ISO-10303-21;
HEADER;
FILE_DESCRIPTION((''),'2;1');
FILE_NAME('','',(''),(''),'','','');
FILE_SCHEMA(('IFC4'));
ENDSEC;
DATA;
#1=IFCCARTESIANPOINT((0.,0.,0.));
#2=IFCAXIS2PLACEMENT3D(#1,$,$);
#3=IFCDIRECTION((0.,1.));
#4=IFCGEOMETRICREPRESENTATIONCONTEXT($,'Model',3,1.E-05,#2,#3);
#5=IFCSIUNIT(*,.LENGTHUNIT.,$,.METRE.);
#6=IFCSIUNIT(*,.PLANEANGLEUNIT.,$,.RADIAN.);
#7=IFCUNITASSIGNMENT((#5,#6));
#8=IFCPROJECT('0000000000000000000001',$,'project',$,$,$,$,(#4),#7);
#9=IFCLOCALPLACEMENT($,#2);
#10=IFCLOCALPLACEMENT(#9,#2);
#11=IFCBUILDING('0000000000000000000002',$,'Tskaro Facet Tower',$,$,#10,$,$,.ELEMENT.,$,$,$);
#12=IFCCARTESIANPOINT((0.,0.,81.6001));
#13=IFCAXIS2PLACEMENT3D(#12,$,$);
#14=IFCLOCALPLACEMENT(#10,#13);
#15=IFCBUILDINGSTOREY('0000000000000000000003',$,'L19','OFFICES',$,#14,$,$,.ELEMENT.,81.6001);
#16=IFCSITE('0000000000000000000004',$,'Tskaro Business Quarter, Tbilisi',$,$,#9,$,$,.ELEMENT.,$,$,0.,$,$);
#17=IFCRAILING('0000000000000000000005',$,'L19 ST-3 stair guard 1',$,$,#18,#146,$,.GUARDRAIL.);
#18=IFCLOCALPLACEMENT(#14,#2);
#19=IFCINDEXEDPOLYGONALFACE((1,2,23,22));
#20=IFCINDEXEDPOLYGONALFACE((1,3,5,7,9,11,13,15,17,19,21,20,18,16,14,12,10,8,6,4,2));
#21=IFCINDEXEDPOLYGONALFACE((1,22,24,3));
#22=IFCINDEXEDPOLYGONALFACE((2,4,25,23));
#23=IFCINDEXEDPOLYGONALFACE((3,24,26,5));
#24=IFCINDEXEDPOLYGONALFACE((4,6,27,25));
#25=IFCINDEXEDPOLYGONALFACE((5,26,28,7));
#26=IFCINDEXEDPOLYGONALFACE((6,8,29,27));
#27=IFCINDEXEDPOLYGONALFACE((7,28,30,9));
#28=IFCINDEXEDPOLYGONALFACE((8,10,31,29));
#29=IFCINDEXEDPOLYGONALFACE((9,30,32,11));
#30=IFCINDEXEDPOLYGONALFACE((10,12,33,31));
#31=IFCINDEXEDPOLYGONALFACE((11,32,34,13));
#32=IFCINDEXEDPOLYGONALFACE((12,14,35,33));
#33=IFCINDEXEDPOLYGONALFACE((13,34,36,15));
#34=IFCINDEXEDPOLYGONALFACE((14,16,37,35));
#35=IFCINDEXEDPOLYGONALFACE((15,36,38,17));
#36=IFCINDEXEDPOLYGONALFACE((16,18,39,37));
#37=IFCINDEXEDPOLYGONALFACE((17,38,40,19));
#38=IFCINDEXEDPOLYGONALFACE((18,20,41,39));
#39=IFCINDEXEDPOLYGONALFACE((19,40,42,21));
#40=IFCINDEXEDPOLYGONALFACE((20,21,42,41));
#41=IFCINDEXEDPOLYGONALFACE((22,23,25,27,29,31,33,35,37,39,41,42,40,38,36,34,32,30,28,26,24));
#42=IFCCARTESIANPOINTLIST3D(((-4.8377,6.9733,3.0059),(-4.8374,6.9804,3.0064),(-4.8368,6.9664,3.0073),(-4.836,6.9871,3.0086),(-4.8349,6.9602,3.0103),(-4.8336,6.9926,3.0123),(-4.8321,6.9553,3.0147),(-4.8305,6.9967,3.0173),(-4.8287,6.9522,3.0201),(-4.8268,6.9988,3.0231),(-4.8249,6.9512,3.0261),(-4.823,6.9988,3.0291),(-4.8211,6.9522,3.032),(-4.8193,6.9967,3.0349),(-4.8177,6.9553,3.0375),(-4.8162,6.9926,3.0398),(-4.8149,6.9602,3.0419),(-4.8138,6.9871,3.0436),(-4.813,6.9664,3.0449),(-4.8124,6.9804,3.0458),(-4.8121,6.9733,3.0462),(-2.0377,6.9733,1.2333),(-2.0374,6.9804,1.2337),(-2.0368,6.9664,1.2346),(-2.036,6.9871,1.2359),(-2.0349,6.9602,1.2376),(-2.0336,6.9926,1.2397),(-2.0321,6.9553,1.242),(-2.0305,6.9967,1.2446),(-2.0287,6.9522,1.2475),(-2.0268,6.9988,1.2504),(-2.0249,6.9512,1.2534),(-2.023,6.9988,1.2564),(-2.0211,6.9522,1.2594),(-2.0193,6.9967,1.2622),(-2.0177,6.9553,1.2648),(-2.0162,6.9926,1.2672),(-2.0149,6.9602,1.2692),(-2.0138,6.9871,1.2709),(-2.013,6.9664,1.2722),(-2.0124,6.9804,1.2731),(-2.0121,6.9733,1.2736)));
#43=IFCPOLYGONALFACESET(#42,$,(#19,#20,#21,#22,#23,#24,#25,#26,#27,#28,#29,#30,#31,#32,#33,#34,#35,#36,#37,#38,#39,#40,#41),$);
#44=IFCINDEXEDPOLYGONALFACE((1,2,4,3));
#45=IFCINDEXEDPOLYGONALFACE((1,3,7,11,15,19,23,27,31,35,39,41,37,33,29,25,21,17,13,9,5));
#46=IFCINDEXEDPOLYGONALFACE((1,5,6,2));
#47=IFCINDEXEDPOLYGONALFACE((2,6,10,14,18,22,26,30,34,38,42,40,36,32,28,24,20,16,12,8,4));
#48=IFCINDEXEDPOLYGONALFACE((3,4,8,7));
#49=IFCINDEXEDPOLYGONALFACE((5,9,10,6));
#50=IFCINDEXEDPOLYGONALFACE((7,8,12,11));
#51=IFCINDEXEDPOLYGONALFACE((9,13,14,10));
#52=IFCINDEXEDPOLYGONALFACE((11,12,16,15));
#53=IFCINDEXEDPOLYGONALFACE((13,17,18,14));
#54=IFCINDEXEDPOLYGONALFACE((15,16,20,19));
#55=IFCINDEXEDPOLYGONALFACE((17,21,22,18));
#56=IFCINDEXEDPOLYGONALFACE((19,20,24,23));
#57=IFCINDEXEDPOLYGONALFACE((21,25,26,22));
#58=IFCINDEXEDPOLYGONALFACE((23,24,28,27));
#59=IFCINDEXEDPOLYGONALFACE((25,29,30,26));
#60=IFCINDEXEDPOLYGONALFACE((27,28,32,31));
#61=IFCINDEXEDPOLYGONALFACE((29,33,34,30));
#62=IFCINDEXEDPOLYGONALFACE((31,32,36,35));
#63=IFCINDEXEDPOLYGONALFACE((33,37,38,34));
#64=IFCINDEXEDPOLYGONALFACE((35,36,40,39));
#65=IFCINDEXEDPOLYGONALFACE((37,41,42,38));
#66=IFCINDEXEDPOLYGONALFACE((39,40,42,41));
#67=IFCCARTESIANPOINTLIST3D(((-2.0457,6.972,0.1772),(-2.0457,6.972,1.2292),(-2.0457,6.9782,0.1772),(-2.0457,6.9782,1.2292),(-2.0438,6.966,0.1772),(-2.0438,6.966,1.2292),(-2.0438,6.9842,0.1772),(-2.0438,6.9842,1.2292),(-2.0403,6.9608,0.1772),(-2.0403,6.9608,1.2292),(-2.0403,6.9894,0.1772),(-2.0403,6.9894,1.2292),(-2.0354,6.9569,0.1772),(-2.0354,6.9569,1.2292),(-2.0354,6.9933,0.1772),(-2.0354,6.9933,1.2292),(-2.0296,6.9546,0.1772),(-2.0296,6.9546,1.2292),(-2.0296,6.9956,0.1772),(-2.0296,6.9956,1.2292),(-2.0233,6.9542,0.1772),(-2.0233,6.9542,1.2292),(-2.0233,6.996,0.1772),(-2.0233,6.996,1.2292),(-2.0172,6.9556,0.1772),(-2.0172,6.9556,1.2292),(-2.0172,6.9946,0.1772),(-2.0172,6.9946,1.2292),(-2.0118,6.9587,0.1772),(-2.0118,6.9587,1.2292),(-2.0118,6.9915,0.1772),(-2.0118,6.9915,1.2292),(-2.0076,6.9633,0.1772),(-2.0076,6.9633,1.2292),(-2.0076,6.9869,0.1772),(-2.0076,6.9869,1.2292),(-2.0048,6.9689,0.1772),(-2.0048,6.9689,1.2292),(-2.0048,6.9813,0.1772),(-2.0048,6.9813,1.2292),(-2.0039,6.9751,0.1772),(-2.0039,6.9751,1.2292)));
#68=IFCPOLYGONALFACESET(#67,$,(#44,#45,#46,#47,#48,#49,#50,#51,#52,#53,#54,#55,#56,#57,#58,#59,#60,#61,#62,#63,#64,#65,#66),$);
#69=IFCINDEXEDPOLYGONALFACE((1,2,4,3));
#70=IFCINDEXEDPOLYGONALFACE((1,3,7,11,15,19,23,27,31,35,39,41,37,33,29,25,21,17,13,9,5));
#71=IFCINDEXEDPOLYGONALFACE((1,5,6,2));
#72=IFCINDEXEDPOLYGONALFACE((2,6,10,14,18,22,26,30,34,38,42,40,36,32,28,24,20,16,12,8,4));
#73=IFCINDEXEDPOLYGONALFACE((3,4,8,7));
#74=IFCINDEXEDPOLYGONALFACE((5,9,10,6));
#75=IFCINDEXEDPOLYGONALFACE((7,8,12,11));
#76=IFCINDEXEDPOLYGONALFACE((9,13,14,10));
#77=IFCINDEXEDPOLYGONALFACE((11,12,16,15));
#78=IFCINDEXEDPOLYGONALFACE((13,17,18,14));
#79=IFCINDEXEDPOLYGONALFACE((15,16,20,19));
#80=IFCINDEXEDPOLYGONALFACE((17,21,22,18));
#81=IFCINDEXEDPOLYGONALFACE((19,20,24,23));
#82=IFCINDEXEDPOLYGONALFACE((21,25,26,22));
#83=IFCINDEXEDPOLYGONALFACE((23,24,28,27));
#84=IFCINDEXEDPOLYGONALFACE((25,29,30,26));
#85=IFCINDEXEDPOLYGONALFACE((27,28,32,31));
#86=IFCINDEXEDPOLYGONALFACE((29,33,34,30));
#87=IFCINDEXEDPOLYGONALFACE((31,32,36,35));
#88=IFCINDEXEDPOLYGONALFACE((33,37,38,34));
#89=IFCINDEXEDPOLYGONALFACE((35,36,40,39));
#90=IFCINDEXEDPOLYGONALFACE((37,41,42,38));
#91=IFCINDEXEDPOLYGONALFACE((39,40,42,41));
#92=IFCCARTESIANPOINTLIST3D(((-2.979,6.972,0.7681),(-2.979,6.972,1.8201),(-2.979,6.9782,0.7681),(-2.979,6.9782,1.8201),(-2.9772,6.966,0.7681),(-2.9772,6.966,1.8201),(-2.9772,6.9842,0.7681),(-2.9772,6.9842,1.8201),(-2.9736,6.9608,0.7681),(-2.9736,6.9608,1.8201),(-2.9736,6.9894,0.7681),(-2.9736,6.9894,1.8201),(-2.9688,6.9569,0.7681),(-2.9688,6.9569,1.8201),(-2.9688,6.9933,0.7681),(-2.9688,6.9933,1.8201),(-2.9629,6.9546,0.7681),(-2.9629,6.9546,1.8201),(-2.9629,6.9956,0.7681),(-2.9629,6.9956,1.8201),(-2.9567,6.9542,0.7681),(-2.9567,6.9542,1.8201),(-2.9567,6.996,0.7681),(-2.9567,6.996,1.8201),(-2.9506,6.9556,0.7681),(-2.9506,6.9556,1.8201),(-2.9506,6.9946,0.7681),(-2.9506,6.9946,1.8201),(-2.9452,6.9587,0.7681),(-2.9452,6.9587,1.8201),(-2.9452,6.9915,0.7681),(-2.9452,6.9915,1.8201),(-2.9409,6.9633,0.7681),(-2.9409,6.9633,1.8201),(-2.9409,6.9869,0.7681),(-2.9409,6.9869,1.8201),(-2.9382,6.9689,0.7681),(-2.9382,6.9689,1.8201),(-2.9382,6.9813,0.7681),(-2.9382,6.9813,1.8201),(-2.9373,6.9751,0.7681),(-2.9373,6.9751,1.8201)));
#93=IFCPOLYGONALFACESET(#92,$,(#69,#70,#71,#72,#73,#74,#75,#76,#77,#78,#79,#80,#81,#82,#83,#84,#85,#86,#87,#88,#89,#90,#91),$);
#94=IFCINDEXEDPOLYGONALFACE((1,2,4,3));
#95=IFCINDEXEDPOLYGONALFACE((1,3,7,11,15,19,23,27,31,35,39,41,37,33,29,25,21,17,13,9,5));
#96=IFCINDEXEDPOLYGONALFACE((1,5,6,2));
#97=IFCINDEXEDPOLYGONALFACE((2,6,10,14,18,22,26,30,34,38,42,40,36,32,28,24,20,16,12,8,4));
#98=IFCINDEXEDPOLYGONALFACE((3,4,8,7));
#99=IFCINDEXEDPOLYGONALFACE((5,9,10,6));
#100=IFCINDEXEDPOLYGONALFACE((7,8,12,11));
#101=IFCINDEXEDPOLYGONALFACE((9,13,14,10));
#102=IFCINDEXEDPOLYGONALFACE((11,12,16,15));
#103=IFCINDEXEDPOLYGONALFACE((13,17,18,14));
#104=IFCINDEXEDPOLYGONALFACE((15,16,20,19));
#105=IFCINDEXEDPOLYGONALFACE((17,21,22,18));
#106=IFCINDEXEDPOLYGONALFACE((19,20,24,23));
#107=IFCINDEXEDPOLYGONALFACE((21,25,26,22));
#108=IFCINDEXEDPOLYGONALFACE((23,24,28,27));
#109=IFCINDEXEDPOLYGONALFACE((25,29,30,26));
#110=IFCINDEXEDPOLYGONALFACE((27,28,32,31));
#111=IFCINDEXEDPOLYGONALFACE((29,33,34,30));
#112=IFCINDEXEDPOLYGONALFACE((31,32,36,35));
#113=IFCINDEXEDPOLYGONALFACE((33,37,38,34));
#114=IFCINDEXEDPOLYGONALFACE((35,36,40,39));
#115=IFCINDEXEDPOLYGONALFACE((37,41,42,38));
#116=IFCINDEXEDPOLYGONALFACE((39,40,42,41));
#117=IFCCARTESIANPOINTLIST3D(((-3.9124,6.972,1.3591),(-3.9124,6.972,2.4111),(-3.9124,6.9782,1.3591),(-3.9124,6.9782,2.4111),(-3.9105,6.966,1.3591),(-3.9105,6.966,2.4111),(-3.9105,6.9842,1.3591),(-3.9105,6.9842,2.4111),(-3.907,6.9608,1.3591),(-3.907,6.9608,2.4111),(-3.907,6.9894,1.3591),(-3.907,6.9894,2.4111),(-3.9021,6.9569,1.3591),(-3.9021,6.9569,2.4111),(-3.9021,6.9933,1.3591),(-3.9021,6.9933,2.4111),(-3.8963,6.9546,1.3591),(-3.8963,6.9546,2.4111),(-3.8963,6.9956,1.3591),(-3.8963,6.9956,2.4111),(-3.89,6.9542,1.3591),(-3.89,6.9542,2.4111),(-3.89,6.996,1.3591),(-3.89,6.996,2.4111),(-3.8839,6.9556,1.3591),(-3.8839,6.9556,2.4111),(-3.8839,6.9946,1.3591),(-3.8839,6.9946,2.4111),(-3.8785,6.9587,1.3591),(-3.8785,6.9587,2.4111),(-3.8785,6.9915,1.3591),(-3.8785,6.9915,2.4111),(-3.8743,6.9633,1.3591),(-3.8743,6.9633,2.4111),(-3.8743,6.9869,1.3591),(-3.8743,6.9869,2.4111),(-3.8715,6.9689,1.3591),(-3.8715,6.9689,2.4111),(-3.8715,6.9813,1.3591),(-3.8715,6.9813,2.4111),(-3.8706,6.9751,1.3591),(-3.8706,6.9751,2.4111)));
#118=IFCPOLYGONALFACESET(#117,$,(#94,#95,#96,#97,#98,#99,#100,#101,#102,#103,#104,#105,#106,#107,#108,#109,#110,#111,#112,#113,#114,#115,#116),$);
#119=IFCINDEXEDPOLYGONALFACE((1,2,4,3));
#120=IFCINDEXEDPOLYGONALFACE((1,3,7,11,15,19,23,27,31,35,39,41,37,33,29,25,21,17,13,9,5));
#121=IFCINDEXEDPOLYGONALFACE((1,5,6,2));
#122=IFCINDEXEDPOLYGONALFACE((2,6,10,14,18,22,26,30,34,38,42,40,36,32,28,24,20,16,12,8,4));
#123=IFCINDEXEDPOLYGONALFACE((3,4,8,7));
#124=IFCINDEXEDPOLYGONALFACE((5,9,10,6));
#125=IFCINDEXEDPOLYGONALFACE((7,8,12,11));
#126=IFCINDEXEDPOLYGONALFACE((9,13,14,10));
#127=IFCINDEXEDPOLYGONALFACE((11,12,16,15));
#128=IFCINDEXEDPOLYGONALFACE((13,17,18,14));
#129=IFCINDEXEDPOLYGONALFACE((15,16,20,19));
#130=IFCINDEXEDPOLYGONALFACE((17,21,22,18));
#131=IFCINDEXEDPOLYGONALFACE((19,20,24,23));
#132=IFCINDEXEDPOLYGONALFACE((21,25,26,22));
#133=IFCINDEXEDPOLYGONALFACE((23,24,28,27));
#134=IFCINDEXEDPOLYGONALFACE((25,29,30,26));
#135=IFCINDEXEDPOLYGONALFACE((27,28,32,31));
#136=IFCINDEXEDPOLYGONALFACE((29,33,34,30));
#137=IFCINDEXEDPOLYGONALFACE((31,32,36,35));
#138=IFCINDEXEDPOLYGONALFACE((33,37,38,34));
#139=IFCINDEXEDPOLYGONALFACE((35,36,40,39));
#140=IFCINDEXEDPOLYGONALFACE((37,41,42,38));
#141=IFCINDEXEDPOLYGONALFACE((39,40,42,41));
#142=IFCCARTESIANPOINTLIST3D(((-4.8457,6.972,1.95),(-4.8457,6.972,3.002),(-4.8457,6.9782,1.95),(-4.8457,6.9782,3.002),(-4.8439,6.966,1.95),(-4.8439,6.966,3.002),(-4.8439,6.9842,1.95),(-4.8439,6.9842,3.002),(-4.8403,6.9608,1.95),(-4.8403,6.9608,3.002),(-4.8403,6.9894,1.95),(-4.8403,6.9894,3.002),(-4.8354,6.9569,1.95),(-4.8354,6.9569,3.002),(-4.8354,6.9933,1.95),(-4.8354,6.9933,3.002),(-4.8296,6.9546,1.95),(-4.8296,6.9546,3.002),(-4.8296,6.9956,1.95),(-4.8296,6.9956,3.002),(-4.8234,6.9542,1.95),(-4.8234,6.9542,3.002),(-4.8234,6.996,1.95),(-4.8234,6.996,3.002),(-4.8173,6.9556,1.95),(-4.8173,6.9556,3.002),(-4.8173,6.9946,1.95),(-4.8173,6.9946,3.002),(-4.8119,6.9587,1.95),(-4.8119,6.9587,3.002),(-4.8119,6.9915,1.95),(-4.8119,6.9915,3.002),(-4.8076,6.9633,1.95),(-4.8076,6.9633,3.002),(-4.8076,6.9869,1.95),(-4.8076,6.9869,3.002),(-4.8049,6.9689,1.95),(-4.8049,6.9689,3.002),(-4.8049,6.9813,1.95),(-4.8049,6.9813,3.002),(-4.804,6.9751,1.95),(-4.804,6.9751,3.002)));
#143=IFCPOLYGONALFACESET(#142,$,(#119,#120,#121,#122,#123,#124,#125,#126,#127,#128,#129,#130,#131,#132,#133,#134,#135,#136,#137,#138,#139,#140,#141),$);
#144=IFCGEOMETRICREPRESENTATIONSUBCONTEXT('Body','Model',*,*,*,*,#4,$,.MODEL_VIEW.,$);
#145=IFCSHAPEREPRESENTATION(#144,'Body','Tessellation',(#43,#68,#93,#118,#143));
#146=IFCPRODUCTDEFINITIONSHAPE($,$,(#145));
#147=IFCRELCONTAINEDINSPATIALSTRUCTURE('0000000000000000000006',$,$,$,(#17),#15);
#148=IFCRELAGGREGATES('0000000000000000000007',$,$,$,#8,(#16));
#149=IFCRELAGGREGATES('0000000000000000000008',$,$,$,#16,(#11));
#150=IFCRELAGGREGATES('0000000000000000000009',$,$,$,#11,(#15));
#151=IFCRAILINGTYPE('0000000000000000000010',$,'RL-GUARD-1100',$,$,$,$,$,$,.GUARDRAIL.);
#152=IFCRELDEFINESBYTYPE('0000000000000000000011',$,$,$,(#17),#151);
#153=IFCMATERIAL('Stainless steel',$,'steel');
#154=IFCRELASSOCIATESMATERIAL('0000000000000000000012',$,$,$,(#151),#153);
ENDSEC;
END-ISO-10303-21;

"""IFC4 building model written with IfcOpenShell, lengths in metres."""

from ifc_helpers import new_model, si_unit, direction, frame, origin, origin_2d, place, context, subcontext, project, spatial, circle, extrude, material, type_object, element, save


model = new_model("IFC4")

# Units and contexts
model_context = context("Model", 3, precision=1e-05, world=origin(), true_north=direction((0.0, 1.0)))
body_context = subcontext(model_context, "Body", "Model", "MODEL_VIEW")
ifc_project = project(units=[si_unit("LENGTHUNIT", "METRE"), si_unit("PLANEANGLEUNIT", "RADIAN")], contexts=[model_context])

# Site, building, storey
site_placement = place(None, origin())
site = spatial("IfcSite", under=ifc_project, at=site_placement, Name="Tskaro Business Quarter, Tbilisi", CompositionType="ELEMENT", RefElevation=0.0)
building_placement = place(site_placement, origin())
building = spatial("IfcBuilding", under=site, at=building_placement, Name="Tskaro Facet Tower", CompositionType="ELEMENT")
storey_placement = place(building_placement, frame((0.0, 0.0, 81.6001)))
storey = spatial("IfcBuildingStorey", under=building, at=storey_placement, Name="L19", Description="OFFICES", CompositionType="ELEMENT", Elevation=81.6001)

# Railing
ifc_material_1 = material(Name="Stainless steel", Category="steel")
railing_type_1 = type_object("IfcRailingType", Name="RL-GUARD-1100", PredefinedType="GUARDRAIL", material=ifc_material_1)
railing_1_placement = place(storey_placement, frame((-2.0249, 6.9751, 0.1772)))
element("IfcRailing", 1, at=railing_1_placement, inside=storey, type_object=railing_type_1, Name="L19 ST-3 stair guard 1", PredefinedType="GUARDRAIL", context=body_context, shape_type="SweptSolid", body=[
    extrude(circle(Radius=0.0239, at=origin_2d()), frame((0.0, 0.0, 1.0762), z_axis=(-0.844909, 0.0, 0.53491), x_axis=(0.0, -1.0, 0.0)), (0.0, 0.0, 1.0), 3.314),
    extrude(circle(Radius=0.021, at=origin_2d()), origin(), (0.0, 0.0, 1.0), 1.052),
    extrude(circle(Radius=0.021, at=origin_2d()), frame((-0.9333, 0.0, 0.5908)), (0.0, 0.0, 1.0), 1.052),
    extrude(circle(Radius=0.021, at=origin_2d()), frame((-1.8667, 0.0, 1.1819)), (0.0, 0.0, 1.0), 1.052),
    extrude(circle(Radius=0.021, at=origin_2d()), frame((-2.8, 0.0, 1.7727)), (0.0, 0.0, 1.0), 1.052),
])

save(model, "model.ifc")
